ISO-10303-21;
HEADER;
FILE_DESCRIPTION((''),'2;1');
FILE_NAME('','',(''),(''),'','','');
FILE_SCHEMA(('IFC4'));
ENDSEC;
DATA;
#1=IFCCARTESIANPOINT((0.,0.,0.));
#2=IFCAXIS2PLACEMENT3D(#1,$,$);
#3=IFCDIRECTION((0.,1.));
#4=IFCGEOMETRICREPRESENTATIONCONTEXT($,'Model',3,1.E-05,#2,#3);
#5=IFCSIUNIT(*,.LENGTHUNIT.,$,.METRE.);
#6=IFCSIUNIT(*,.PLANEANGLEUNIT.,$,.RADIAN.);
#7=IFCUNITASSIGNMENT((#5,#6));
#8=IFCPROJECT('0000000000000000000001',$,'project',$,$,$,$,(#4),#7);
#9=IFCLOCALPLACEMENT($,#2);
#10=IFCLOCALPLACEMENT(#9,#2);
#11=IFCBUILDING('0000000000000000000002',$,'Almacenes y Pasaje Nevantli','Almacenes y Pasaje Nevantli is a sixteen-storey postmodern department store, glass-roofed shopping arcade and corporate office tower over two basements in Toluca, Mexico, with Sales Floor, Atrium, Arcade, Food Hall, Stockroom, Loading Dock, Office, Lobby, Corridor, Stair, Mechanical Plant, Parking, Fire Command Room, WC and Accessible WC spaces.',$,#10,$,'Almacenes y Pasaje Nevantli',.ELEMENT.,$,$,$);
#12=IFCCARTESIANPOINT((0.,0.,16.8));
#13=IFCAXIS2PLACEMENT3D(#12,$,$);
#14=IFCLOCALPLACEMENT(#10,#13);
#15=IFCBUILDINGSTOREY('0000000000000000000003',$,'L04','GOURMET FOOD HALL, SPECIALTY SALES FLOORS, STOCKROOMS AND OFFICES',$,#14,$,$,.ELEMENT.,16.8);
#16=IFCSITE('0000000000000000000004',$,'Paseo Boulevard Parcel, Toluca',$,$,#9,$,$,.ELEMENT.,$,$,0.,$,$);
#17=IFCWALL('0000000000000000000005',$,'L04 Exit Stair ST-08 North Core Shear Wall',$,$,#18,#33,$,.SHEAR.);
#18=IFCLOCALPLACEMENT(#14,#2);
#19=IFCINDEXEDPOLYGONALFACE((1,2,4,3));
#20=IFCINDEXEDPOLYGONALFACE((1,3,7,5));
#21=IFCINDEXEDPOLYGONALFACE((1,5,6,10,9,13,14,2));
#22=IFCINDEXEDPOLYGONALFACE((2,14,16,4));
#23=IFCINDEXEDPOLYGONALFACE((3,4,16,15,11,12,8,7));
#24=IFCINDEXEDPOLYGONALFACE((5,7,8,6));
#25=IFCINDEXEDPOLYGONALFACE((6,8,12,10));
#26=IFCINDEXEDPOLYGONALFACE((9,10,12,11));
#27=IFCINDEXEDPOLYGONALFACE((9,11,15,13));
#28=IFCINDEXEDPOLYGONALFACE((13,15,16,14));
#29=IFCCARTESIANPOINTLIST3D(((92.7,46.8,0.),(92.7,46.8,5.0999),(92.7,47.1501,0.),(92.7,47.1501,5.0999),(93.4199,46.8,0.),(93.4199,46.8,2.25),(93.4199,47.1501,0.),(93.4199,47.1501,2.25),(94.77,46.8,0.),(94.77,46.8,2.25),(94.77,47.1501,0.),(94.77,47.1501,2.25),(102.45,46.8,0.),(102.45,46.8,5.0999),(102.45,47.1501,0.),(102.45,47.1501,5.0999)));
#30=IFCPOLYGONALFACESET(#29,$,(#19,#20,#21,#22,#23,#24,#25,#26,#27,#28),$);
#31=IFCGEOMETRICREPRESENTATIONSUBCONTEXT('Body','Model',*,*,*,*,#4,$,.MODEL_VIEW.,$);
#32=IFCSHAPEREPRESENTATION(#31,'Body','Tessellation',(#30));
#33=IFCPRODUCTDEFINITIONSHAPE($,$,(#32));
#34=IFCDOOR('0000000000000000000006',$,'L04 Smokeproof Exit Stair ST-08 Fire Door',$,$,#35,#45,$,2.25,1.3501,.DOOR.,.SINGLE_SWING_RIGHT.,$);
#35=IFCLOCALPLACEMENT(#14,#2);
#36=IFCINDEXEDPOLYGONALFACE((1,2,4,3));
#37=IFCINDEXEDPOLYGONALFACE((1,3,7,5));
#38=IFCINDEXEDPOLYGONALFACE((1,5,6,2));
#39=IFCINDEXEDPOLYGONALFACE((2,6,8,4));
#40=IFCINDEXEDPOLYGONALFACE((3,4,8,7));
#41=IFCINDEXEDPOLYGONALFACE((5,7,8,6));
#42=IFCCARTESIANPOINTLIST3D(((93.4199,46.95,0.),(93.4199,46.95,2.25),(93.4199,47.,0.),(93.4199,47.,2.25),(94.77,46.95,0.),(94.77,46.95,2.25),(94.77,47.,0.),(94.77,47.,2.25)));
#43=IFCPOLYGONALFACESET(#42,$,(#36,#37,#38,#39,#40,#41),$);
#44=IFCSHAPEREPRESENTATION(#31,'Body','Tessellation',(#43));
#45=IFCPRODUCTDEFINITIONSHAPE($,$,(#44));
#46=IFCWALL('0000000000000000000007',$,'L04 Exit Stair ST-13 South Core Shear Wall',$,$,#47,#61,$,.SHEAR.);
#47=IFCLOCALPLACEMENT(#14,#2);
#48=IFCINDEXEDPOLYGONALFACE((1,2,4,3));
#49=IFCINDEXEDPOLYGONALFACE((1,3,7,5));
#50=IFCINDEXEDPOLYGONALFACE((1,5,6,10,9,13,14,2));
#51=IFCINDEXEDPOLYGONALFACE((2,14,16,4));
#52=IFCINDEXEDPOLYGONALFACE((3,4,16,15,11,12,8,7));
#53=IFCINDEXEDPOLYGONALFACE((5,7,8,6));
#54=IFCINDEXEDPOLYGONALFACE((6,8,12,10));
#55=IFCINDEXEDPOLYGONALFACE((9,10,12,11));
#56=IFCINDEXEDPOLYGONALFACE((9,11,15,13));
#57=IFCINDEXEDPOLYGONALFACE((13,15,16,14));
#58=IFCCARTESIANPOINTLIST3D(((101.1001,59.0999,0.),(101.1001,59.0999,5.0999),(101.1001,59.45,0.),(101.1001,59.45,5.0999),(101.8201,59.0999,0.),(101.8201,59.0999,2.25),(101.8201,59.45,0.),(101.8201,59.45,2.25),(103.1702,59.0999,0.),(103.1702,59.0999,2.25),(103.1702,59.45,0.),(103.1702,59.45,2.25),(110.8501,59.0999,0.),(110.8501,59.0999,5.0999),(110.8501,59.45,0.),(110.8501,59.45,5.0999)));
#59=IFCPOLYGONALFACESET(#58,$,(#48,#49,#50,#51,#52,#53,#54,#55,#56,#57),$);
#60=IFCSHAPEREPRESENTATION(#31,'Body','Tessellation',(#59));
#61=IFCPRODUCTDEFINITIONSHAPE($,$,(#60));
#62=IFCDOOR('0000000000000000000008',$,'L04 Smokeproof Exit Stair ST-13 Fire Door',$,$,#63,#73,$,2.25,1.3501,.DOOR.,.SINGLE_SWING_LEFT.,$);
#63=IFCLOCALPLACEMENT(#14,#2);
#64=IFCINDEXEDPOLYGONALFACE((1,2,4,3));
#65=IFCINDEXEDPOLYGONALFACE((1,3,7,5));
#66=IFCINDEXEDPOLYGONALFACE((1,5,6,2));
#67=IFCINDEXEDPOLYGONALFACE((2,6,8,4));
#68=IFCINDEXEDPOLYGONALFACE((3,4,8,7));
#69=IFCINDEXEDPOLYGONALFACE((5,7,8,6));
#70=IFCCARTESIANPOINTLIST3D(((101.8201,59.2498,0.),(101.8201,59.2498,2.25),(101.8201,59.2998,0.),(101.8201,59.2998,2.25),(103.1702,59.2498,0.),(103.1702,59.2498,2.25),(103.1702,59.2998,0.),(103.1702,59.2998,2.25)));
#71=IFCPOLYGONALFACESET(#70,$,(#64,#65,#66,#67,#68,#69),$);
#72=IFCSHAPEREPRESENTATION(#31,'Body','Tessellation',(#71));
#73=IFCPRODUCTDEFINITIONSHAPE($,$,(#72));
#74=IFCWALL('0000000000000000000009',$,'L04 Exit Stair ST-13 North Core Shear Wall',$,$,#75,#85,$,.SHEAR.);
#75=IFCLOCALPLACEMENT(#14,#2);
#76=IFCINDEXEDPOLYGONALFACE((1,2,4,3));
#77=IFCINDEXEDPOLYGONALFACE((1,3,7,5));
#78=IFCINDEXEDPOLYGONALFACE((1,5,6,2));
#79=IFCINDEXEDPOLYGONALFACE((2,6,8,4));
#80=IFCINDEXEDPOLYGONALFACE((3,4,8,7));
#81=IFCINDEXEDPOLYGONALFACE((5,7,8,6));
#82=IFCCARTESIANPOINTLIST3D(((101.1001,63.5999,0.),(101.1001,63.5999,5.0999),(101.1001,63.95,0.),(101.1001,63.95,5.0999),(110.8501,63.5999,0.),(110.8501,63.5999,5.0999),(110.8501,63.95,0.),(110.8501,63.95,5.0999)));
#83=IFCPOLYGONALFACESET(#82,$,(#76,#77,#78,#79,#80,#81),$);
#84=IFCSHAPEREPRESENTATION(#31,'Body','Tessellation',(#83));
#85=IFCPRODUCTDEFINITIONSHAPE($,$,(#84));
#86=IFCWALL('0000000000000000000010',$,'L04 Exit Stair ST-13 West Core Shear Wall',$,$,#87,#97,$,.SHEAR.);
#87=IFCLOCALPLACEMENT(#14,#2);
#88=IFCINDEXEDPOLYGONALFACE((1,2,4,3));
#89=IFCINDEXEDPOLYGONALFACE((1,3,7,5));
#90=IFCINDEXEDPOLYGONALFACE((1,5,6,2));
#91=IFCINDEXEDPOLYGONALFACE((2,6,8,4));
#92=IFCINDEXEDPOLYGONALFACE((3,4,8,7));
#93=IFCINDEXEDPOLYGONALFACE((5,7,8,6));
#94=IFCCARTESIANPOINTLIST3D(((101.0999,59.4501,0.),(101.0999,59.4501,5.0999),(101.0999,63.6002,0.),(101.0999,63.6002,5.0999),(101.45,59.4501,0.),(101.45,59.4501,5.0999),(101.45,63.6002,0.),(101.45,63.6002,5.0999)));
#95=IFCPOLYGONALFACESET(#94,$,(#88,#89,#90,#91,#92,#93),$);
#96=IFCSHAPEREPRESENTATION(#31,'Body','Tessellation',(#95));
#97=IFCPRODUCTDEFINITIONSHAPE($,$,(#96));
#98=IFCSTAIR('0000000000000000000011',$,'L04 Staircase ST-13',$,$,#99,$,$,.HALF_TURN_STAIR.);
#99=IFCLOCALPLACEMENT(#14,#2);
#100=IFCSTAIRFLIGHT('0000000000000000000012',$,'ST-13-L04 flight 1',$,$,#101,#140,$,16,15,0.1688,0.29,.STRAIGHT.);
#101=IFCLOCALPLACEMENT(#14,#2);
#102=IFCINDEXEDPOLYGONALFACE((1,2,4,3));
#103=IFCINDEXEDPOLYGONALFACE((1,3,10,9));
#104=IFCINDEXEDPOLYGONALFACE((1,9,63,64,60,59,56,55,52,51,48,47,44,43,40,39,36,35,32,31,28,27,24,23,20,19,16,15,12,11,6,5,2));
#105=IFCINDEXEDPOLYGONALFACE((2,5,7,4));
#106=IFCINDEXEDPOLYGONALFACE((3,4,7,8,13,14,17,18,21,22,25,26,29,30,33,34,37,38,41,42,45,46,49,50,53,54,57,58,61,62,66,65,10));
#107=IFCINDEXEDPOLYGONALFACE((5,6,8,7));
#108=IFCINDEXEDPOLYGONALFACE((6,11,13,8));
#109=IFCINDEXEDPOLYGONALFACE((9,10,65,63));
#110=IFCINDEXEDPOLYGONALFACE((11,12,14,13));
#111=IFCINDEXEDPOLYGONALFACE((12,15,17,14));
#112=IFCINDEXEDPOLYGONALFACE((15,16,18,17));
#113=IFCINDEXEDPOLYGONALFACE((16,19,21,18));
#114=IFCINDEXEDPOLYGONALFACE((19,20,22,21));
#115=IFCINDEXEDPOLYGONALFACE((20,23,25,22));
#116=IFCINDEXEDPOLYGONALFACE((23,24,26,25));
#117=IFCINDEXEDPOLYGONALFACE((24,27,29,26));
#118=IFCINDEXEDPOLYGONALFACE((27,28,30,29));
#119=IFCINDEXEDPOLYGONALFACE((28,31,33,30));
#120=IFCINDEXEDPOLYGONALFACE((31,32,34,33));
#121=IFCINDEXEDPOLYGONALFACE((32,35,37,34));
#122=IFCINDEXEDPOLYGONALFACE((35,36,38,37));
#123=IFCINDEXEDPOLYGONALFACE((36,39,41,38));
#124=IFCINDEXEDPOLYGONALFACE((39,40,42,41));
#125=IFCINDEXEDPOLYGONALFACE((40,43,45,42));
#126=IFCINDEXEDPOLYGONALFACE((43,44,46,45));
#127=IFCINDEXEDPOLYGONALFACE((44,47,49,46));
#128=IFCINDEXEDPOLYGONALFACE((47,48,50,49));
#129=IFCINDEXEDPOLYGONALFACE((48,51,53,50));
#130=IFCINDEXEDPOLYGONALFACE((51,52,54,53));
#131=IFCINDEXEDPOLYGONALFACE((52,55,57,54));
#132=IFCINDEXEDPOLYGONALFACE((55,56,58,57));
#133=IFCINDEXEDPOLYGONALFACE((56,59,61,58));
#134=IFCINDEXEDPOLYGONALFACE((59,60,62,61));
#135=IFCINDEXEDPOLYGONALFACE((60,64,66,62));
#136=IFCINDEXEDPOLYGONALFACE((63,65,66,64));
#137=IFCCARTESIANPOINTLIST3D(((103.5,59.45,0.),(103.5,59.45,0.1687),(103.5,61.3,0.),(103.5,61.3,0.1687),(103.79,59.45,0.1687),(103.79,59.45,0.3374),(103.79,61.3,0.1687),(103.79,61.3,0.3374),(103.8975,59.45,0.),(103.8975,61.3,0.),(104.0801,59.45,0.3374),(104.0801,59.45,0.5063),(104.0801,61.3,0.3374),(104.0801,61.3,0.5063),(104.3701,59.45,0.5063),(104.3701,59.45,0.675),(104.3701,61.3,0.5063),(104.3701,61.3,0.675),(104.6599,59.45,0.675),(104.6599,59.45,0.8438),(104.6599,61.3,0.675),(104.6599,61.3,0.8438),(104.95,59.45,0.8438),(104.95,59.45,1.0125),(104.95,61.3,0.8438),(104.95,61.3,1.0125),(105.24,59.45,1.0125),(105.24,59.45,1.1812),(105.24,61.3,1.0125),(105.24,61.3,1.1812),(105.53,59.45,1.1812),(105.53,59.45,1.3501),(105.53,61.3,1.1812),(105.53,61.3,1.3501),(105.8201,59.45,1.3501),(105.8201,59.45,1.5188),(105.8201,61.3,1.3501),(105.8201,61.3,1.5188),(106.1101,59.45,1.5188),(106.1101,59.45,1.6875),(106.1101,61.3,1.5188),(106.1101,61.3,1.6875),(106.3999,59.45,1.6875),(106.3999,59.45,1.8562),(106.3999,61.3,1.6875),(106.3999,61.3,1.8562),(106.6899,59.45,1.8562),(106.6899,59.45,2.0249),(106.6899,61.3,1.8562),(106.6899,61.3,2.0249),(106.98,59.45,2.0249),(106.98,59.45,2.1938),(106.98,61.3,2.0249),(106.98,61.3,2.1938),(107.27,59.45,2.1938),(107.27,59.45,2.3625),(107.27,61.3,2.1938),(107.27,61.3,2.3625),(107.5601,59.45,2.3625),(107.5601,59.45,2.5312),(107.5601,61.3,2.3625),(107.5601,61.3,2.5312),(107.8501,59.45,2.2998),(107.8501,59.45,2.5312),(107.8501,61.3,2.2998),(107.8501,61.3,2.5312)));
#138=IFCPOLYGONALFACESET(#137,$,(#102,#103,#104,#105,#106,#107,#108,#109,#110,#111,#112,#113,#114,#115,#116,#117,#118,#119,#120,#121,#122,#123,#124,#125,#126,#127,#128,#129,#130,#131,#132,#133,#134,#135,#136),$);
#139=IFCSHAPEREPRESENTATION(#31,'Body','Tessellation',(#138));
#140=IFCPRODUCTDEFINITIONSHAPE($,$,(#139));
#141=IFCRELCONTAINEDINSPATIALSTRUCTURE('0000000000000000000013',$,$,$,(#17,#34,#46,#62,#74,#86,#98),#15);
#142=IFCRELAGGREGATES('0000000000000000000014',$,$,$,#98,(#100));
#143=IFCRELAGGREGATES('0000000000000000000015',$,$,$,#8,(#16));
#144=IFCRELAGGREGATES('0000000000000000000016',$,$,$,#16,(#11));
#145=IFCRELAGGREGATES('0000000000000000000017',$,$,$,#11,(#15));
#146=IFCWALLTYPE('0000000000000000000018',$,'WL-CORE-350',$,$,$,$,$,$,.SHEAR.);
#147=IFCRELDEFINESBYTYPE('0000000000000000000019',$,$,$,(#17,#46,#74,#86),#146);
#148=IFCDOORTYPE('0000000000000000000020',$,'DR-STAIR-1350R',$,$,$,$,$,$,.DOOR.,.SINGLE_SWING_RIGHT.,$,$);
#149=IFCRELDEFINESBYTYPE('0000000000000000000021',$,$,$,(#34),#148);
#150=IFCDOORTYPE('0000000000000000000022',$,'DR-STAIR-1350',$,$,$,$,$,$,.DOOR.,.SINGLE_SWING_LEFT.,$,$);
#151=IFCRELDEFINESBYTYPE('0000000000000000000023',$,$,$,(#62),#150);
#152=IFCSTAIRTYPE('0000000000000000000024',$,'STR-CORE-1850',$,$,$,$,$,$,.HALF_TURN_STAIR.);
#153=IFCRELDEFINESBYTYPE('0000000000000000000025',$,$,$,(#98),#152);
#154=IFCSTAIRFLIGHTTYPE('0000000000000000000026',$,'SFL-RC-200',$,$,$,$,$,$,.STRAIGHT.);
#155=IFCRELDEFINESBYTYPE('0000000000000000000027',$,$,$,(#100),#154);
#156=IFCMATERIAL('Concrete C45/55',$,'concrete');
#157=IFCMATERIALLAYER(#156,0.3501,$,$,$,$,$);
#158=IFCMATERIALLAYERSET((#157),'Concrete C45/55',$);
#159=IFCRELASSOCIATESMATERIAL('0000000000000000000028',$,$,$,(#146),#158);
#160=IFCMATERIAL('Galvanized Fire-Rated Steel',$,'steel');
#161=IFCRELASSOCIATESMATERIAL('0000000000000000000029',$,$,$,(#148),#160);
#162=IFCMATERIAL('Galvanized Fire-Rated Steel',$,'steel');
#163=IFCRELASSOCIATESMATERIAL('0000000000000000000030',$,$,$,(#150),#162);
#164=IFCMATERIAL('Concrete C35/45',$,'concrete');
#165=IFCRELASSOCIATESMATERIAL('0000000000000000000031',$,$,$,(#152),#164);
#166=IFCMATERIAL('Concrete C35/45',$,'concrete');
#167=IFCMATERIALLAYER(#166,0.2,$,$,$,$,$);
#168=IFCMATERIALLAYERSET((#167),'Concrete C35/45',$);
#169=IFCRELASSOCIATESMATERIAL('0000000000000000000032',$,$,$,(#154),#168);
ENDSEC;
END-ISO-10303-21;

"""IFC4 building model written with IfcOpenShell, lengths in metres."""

from ifc_helpers import new_model, si_unit, direction, frame, frame_2d, origin, place, context, subcontext, project, spatial, polyline, rectangle, outline, extrude, material, layer, layer_set, type_object, element, fill, aggregate, save


model = new_model("IFC4")

# Units and contexts
model_context = context("Model", 3, precision=1e-05, world=origin(), true_north=direction((0.0, 1.0)))
body_context = subcontext(model_context, "Body", "Model", "MODEL_VIEW")
ifc_project = project(units=[si_unit("LENGTHUNIT", "METRE"), si_unit("PLANEANGLEUNIT", "RADIAN")], contexts=[model_context])

# Site, building, storey
site_placement = place(None, origin())
site = spatial("IfcSite", under=ifc_project, at=site_placement, Name="Paseo Boulevard Parcel, Toluca", CompositionType="ELEMENT", RefElevation=0.0)
building_placement = place(site_placement, origin())
building = spatial("IfcBuilding", under=site, at=building_placement, Name="Almacenes y Pasaje Nevantli", Description="Almacenes y Pasaje Nevantli is a sixteen-storey postmodern department store, glass-roofed shopping arcade and corporate office tower over two basements in Toluca, Mexico, with Sales Floor, Atrium, Arcade, Food Hall, Stockroom, Loading Dock, Office, Lobby, Corridor, Stair, Mechanical Plant, Parking, Fire Command Room, WC and Accessible WC spaces.", LongName="Almacenes y Pasaje Nevantli", CompositionType="ELEMENT")
storey_placement = place(building_placement, frame((0.0, 0.0, 16.8)))
storey = spatial("IfcBuildingStorey", under=building, at=storey_placement, Name="L04", Description="GOURMET FOOD HALL, SPECIALTY SALES FLOORS, STOCKROOMS AND OFFICES", CompositionType="ELEMENT", Elevation=16.8)

# Walls, openings, doors
ifc_material_1 = material(Name="Concrete C45/55", Category="concrete")
ifc_layer_1 = layer(ifc_material_1, 0.3501)
ifc_layer_set_1 = layer_set([ifc_layer_1], Name="Concrete C45/55")
wall_type = type_object("IfcWallType", Name="WL-CORE-350", PredefinedType="SHEAR", material=ifc_layer_set_1)
wall_1_placement = place(storey_placement, frame((92.7, 46.9751, 0.0), z_axis=(0.0, 0.0, 1.0), x_axis=(1.0, 0.0, 0.0)))
wall_1 = element("IfcWall", 1, at=wall_1_placement, inside=storey, type_object=wall_type, Name="L04 Exit Stair ST-08 North Core Shear Wall", PredefinedType="SHEAR", context=body_context, shape_type="SweptSolid", body=[
    extrude(rectangle(XDim=9.75, YDim=0.3501, at=frame_2d((4.875, 0.0))), origin(), (0.0, 0.0, 1.0), 5.0999),
])
opening_1_placement = place(wall_1_placement, frame((0.72, 0.0, 0.0)))
opening_1 = element("IfcOpeningElement", 2, at=opening_1_placement, cuts=wall_1, PredefinedType="OPENING", context=body_context, shape_type="SweptSolid", body=[
    extrude(rectangle(XDim=1.3501, YDim=2.25, at=frame_2d((0.675, 1.125))), frame((0.0, 0.1851, 0.0), z_axis=(0.0, -1.0, 0.0), x_axis=(1.0, 0.0, 0.0)), (0.0, 0.0, 1.0), 0.3701),
])
ifc_material_2 = material(Name="Galvanized Fire-Rated Steel", Category="steel")
door_type_1 = type_object("IfcDoorType", Name="DR-STAIR-1350R", OperationType="SINGLE_SWING_RIGHT", PredefinedType="DOOR", material=ifc_material_2)
door_1_placement = place(opening_1_placement, origin())
door_1 = element("IfcDoor", 3, at=door_1_placement, inside=storey, type_object=door_type_1, Name="L04 Smokeproof Exit Stair ST-08 Fire Door", OperationType="SINGLE_SWING_RIGHT", OverallHeight=2.25, OverallWidth=1.3501, PredefinedType="DOOR", context=body_context, shape_type="SweptSolid", body=[
    extrude(rectangle(XDim=1.3501, YDim=2.25, at=frame_2d((0.675, 1.125))), frame((0.0, 0.0249, 0.0), z_axis=(0.0, -1.0, 0.0), x_axis=(1.0, 0.0, 0.0)), (0.0, 0.0, 1.0), 0.05),
])
fill(opening_1, door_1)
wall_2_placement = place(storey_placement, frame((101.1001, 59.2749, 0.0), z_axis=(0.0, 0.0, 1.0), x_axis=(1.0, 0.0, 0.0)))
wall_2 = element("IfcWall", 4, at=wall_2_placement, inside=storey, type_object=wall_type, Name="L04 Exit Stair ST-13 South Core Shear Wall", PredefinedType="SHEAR", context=body_context, shape_type="SweptSolid", body=[
    extrude(rectangle(XDim=9.75, YDim=0.3501, at=frame_2d((4.875, 0.0))), origin(), (0.0, 0.0, 1.0), 5.0999),
])
opening_2_placement = place(wall_2_placement, frame((0.72, 0.0, 0.0)))
opening_2 = element("IfcOpeningElement", 5, at=opening_2_placement, cuts=wall_2, PredefinedType="OPENING", context=body_context, shape_type="SweptSolid", body=[
    extrude(rectangle(XDim=1.3501, YDim=2.25, at=frame_2d((0.675, 1.125))), frame((0.0, 0.1851, 0.0), z_axis=(0.0, -1.0, 0.0), x_axis=(1.0, 0.0, 0.0)), (0.0, 0.0, 1.0), 0.3701),
])
ifc_material_3 = material(Name="Galvanized Fire-Rated Steel", Category="steel")
door_type_2 = type_object("IfcDoorType", Name="DR-STAIR-1350", OperationType="SINGLE_SWING_LEFT", PredefinedType="DOOR", material=ifc_material_3)
door_2_placement = place(opening_2_placement, origin())
door_2 = element("IfcDoor", 6, at=door_2_placement, inside=storey, type_object=door_type_2, Name="L04 Smokeproof Exit Stair ST-13 Fire Door", OperationType="SINGLE_SWING_LEFT", OverallHeight=2.25, OverallWidth=1.3501, PredefinedType="DOOR", context=body_context, shape_type="SweptSolid", body=[
    extrude(rectangle(XDim=1.3501, YDim=2.25, at=frame_2d((0.675, 1.125))), frame((0.0, 0.0249, 0.0), z_axis=(0.0, -1.0, 0.0), x_axis=(1.0, 0.0, 0.0)), (0.0, 0.0, 1.0), 0.05),
])
fill(opening_2, door_2)

# Walls
wall_3_placement = place(storey_placement, frame((101.1001, 63.7749, 0.0), z_axis=(0.0, 0.0, 1.0), x_axis=(1.0, 0.0, 0.0)))
element("IfcWall", 7, at=wall_3_placement, inside=storey, type_object=wall_type, Name="L04 Exit Stair ST-13 North Core Shear Wall", PredefinedType="SHEAR", context=body_context, shape_type="SweptSolid", body=[
    extrude(rectangle(XDim=9.75, YDim=0.3501, at=frame_2d((4.875, 0.0))), origin(), (0.0, 0.0, 1.0), 5.0999),
])
wall_4_placement = place(storey_placement, frame((101.2749, 59.45, 0.0), z_axis=(0.0, 0.0, 1.0), x_axis=(0.0, 1.0, 0.0)))
element("IfcWall", 8, at=wall_4_placement, inside=storey, type_object=wall_type, Name="L04 Exit Stair ST-13 West Core Shear Wall", PredefinedType="SHEAR", context=body_context, shape_type="SweptSolid", body=[
    extrude(rectangle(XDim=4.1501, YDim=0.3501, at=frame_2d((2.0752, 0.0))), origin(), (0.0, 0.0, 1.0), 5.0999),
])

# Stair, stair flight
ifc_material_4 = material(Name="Concrete C35/45", Category="concrete")
stair_type = type_object("IfcStairType", Name="STR-CORE-1850", PredefinedType="HALF_TURN_STAIR", material=ifc_material_4)
stair_placement = place(storey_placement, origin())
stair = element("IfcStair", 9, at=stair_placement, inside=storey, type_object=stair_type, Name="L04 Staircase ST-13", PredefinedType="HALF_TURN_STAIR")
ifc_material_5 = material(Name="Concrete C35/45", Category="concrete")
ifc_layer_2 = layer(ifc_material_5, 0.2)
ifc_layer_set_2 = layer_set([ifc_layer_2], Name="Concrete C35/45")
stair_flight_type = type_object("IfcStairFlightType", Name="SFL-RC-200", PredefinedType="STRAIGHT", material=ifc_layer_set_2)
stair_flight_1_placement = place(storey_placement, frame((103.5, 60.375, 0.0), z_axis=(0.0, 0.0, 1.0), x_axis=(1.0, 0.0, 0.0)))
stair_flight_1 = element("IfcStairFlight", 10, at=stair_flight_1_placement, type_object=stair_flight_type, Name="ST-13-L04 flight 1", NumberOfRisers=16, NumberOfTreads=15, PredefinedType="STRAIGHT", RiserHeight=0.1688, TreadLength=0.29, context=body_context, shape_type="SweptSolid", body=[
    extrude(outline(polyline([(0.0, 0.0), (0.0, 0.1687), (0.29, 0.1687), (0.29, 0.3374), (0.5801, 0.3374), (0.5801, 0.5063), (0.8701, 0.5063), (0.8701, 0.675), (1.1599, 0.675), (1.1599, 0.8438), (1.45, 0.8438), (1.45, 1.0125), (1.74, 1.0125), (1.74, 1.1812), (2.03, 1.1812), (2.03, 1.3501), (2.3201, 1.3501), (2.3201, 1.5188), (2.6101, 1.5188), (2.6101, 1.6875), (2.8999, 1.6875), (2.8999, 1.8562), (3.1899, 1.8562), (3.1899, 2.0249), (3.48, 2.0249), (3.48, 2.1938), (3.77, 2.1938), (3.77, 2.3625), (4.0601, 2.3625), (4.0601, 2.5312), (4.3501, 2.5312), (4.3501, 2.7), (4.3501, 2.2998), (0.3975, 0.0), (0.0, 0.0)])), frame((0.0, 0.925, 0.0), z_axis=(0.0, -1.0, 0.0), x_axis=(1.0, 0.0, 0.0)), (0.0, 0.0, 1.0), 1.8501),
])
aggregate(stair, [stair_flight_1])

save(model, "model.ifc")
